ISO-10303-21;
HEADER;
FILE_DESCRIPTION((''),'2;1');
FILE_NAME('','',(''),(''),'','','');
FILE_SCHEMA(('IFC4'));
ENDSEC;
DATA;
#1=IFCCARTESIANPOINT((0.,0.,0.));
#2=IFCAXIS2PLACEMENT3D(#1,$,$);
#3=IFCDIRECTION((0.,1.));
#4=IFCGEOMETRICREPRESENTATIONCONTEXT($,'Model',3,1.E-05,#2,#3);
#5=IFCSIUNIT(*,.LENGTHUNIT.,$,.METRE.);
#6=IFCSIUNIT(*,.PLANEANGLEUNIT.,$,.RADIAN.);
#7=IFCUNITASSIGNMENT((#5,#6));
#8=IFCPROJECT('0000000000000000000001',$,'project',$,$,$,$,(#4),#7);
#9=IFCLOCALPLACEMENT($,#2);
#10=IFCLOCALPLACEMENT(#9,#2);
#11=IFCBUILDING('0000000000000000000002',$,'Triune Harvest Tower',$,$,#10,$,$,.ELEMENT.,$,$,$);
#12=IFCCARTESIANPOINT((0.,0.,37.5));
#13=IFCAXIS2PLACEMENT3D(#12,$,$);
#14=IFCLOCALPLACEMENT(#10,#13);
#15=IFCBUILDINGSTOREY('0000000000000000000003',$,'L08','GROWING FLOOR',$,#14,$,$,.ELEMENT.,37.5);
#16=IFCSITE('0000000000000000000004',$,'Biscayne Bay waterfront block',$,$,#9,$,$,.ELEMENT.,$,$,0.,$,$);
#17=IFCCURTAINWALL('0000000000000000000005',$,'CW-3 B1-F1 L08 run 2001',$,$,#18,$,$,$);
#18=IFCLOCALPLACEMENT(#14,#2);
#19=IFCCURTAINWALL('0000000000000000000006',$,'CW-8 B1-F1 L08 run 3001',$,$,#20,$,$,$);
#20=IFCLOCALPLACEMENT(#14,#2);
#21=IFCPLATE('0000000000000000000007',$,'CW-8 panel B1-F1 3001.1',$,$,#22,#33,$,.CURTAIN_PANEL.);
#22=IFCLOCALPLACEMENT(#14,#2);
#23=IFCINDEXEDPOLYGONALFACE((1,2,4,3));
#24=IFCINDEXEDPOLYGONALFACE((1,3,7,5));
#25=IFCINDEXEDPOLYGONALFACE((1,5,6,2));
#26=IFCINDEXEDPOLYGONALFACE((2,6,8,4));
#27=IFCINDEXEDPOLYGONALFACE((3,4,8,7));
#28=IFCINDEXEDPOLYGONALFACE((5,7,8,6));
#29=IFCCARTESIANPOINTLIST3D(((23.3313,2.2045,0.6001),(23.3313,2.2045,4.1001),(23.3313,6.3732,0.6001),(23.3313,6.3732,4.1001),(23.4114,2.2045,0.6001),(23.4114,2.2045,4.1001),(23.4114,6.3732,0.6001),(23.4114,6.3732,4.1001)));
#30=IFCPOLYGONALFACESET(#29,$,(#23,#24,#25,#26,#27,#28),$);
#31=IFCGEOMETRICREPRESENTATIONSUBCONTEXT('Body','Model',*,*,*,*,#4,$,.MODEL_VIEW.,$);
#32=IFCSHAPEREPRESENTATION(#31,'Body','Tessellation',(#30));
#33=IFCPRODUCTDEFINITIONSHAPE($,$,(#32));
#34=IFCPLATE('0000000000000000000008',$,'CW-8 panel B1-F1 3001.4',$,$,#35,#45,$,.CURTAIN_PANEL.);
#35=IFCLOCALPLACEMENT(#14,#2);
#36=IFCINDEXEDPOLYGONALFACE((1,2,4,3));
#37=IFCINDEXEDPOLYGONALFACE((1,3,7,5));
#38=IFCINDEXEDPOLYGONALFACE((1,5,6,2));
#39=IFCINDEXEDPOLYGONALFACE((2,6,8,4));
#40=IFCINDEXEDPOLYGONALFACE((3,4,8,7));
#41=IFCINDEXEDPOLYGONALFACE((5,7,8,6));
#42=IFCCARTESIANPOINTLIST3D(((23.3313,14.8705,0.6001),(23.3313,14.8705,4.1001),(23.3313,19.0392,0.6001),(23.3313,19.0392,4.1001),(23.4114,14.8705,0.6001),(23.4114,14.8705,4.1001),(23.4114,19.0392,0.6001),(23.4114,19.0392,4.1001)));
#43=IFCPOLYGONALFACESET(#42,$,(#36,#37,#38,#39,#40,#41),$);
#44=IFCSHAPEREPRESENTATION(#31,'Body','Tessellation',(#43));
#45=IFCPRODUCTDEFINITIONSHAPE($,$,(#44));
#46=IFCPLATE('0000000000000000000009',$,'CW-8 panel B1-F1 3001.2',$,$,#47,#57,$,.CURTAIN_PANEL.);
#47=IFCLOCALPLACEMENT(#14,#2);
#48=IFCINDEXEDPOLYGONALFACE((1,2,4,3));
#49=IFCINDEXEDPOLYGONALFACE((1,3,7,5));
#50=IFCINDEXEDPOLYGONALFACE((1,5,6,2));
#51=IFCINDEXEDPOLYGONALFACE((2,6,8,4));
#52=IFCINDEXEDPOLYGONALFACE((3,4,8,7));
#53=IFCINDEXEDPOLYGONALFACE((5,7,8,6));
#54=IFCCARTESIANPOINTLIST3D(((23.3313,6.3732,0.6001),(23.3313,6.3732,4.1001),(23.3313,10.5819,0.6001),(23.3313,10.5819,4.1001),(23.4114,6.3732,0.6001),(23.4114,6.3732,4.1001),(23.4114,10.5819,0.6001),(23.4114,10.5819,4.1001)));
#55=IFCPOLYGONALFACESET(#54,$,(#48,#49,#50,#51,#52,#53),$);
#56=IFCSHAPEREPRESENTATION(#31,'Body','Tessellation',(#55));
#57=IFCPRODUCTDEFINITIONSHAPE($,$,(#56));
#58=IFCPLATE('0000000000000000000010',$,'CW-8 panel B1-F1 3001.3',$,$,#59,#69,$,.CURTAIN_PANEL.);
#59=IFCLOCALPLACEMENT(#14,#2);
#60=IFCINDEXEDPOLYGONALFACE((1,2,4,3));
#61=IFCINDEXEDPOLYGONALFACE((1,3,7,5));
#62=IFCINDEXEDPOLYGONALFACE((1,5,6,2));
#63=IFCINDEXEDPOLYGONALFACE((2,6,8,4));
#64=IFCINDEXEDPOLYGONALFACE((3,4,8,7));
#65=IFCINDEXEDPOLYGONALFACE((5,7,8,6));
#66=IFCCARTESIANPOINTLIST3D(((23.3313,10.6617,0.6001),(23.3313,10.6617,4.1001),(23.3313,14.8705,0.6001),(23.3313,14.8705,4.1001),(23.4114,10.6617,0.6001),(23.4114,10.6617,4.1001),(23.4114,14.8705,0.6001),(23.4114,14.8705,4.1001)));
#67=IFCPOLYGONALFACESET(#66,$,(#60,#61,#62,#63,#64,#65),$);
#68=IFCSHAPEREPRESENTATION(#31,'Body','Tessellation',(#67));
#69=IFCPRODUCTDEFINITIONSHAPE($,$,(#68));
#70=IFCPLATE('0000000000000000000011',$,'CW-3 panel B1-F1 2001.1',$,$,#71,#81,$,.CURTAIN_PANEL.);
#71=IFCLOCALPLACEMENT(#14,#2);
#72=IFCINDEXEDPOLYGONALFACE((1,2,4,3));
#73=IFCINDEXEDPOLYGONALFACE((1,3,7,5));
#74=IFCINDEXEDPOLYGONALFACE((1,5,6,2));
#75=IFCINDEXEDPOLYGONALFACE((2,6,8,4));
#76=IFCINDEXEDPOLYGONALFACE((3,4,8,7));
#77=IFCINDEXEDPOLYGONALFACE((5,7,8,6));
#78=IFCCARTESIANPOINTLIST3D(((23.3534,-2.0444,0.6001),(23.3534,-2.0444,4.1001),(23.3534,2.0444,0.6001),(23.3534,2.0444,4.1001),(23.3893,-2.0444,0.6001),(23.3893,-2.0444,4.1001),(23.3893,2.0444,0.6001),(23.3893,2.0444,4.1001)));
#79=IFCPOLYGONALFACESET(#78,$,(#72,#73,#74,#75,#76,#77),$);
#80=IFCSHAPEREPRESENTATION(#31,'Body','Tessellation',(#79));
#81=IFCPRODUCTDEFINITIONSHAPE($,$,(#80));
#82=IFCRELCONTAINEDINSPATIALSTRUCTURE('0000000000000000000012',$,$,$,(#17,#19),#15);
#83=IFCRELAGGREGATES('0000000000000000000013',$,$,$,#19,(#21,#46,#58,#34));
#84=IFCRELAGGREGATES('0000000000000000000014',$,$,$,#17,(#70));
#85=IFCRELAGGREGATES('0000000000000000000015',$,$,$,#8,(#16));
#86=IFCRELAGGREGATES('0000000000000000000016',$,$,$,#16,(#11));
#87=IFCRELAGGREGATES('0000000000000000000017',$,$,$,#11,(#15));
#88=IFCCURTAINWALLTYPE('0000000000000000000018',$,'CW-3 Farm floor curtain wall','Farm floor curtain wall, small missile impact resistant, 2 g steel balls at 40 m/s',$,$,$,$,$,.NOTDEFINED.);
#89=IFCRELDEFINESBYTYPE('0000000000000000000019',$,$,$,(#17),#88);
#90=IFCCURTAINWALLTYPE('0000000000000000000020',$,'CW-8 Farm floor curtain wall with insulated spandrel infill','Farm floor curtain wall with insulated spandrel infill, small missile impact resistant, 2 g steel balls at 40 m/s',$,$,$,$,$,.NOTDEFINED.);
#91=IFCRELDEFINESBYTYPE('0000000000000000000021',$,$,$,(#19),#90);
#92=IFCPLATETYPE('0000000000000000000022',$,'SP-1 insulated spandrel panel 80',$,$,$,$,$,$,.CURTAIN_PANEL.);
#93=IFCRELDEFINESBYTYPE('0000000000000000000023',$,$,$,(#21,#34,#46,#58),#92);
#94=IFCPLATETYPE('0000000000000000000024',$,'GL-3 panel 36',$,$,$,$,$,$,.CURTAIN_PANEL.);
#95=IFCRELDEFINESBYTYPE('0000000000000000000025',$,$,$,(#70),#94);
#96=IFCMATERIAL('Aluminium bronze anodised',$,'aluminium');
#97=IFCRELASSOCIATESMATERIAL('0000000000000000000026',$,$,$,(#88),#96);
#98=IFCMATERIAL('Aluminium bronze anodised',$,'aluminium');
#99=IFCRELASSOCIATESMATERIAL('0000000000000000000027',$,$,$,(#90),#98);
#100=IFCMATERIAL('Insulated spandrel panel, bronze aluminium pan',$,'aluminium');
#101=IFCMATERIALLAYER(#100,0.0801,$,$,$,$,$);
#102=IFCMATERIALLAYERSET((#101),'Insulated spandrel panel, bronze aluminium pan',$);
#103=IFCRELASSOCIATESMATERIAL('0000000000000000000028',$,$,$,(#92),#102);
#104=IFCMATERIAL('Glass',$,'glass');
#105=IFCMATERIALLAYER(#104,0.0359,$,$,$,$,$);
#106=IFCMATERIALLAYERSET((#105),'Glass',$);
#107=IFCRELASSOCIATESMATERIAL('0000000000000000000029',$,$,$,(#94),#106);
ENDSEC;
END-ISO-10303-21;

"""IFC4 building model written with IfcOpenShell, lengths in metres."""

from ifc_helpers import new_model, si_unit, direction, frame, origin, origin_2d, place, context, subcontext, project, spatial, rectangle, extrude, source, transform, mapped, material, layer, layer_set, type_object, element, aggregate, save


model = new_model("IFC4")

# Units and contexts
model_context = context("Model", 3, precision=1e-05, world=origin(), true_north=direction((0.0, 1.0)))
body_context = subcontext(model_context, "Body", "Model", "MODEL_VIEW")
ifc_project = project(units=[si_unit("LENGTHUNIT", "METRE"), si_unit("PLANEANGLEUNIT", "RADIAN")], contexts=[model_context])

# Site, building, storey
site_placement = place(None, origin())
site = spatial("IfcSite", under=ifc_project, at=site_placement, Name="Biscayne Bay waterfront block", CompositionType="ELEMENT", RefElevation=0.0)
building_placement = place(site_placement, origin())
building = spatial("IfcBuilding", under=site, at=building_placement, Name="Triune Harvest Tower", CompositionType="ELEMENT")
storey_placement = place(building_placement, frame((0.0, 0.0, 37.5)))
storey = spatial("IfcBuildingStorey", under=building, at=storey_placement, Name="L08", Description="GROWING FLOOR", CompositionType="ELEMENT", Elevation=37.5)

# Curtain wall
ifc_material_1 = material(Name="Aluminium bronze anodised", Category="aluminium")
curtain_wall_type_1 = type_object("IfcCurtainWallType", Name="CW-3 Farm floor curtain wall", Description="Farm floor curtain wall, small missile impact resistant, 2 g steel balls at 40 m/s", PredefinedType="NOTDEFINED", material=ifc_material_1)
curtain_wall_1_placement = place(storey_placement, origin())
curtain_wall_1 = element("IfcCurtainWall", 1, at=curtain_wall_1_placement, inside=storey, type_object=curtain_wall_type_1, Name="CW-3 B1-F1 L08 run 2001")

# Curtain wall
ifc_material_2 = material(Name="Aluminium bronze anodised", Category="aluminium")
curtain_wall_type_2 = type_object("IfcCurtainWallType", Name="CW-8 Farm floor curtain wall with insulated spandrel infill", Description="Farm floor curtain wall with insulated spandrel infill, small missile impact resistant, 2 g steel balls at 40 m/s", PredefinedType="NOTDEFINED", material=ifc_material_2)
curtain_wall_2_placement = place(storey_placement, origin())
curtain_wall_2 = element("IfcCurtainWall", 2, at=curtain_wall_2_placement, inside=storey, type_object=curtain_wall_type_2, Name="CW-8 B1-F1 L08 run 3001")

# Plates
ifc_material_3 = material(Name="Insulated spandrel panel, bronze aluminium pan", Category="aluminium")
ifc_layer_1 = layer(ifc_material_3, 0.0801)
ifc_layer_set_1 = layer_set([ifc_layer_1], Name="Insulated spandrel panel, bronze aluminium pan")
plate_type_1 = type_object("IfcPlateType", Name="SP-1 insulated spandrel panel 80", PredefinedType="CURTAIN_PANEL", material=ifc_layer_set_1)
shared_shape_1 = source(origin(), body_context, "Body", "SweptSolid", [
    extrude(rectangle(XDim=4.1687, YDim=0.0801, at=origin_2d()), origin(), (0.0, 0.0, 1.0), 3.5),
])
plate_1_placement = place(storey_placement, frame((23.3713, 4.2888, 0.6001), z_axis=(0.0, 0.0, 1.0), x_axis=(0.0, 1.0, 0.0)))
plate_1 = element("IfcPlate", 3, at=plate_1_placement, type_object=plate_type_1, Name="CW-8 panel B1-F1 3001.1", PredefinedType="CURTAIN_PANEL", context=body_context, shape_type="MappedRepresentation", body=[
    mapped(shared_shape_1, transform((0.0, 0.0, 0.0), scale=1.0)),
])
plate_2_placement = place(storey_placement, frame((23.3713, 16.9548, 0.6001), z_axis=(0.0, 0.0, 1.0), x_axis=(0.0, 1.0, 0.0)))
plate_2 = element("IfcPlate", 4, at=plate_2_placement, type_object=plate_type_1, Name="CW-8 panel B1-F1 3001.4", PredefinedType="CURTAIN_PANEL", context=body_context, shape_type="MappedRepresentation", body=[
    mapped(shared_shape_1, transform((0.0, 0.0, 0.0), scale=1.0)),
])
shared_shape_2 = source(origin(), body_context, "Body", "SweptSolid", [
    extrude(rectangle(XDim=4.2087, YDim=0.0801, at=origin_2d()), origin(), (0.0, 0.0, 1.0), 3.5),
])
plate_3_placement = place(storey_placement, frame((23.3713, 8.4775, 0.6001), z_axis=(0.0, 0.0, 1.0), x_axis=(0.0, 1.0, 0.0)))
plate_3 = element("IfcPlate", 5, at=plate_3_placement, type_object=plate_type_1, Name="CW-8 panel B1-F1 3001.2", PredefinedType="CURTAIN_PANEL", context=body_context, shape_type="MappedRepresentation", body=[
    mapped(shared_shape_2, transform((0.0, 0.0, 0.0), scale=1.0)),
])
plate_4_placement = place(storey_placement, frame((23.3713, 12.7661, 0.6001), z_axis=(0.0, 0.0, 1.0), x_axis=(0.0, 1.0, 0.0)))
plate_4 = element("IfcPlate", 6, at=plate_4_placement, type_object=plate_type_1, Name="CW-8 panel B1-F1 3001.3", PredefinedType="CURTAIN_PANEL", context=body_context, shape_type="MappedRepresentation", body=[
    mapped(shared_shape_2, transform((0.0, 0.0, 0.0), scale=1.0)),
])
aggregate(curtain_wall_2, [plate_1, plate_3, plate_4, plate_2])
ifc_material_4 = material(Name="Glass", Category="glass")
ifc_layer_2 = layer(ifc_material_4, 0.0359)
ifc_layer_set_2 = layer_set([ifc_layer_2], Name="Glass")
plate_type_2 = type_object("IfcPlateType", Name="GL-3 panel 36", PredefinedType="CURTAIN_PANEL", material=ifc_layer_set_2)
shared_shape_3 = source(origin(), body_context, "Body", "SweptSolid", [
    extrude(rectangle(XDim=4.0889, YDim=0.0359, at=origin_2d()), origin(), (0.0, 0.0, 1.0), 3.5),
])
plate_5_placement = place(storey_placement, frame((23.3713, 0.0, 0.6001), z_axis=(0.0, 0.0, 1.0), x_axis=(0.0, 1.0, 0.0)))
plate_5 = element("IfcPlate", 7, at=plate_5_placement, type_object=plate_type_2, Name="CW-3 panel B1-F1 2001.1", PredefinedType="CURTAIN_PANEL", context=body_context, shape_type="MappedRepresentation", body=[
    mapped(shared_shape_3, transform((0.0, 0.0, 0.0), scale=1.0)),
])
aggregate(curtain_wall_1, [plate_5])

save(model, "model.ifc")
